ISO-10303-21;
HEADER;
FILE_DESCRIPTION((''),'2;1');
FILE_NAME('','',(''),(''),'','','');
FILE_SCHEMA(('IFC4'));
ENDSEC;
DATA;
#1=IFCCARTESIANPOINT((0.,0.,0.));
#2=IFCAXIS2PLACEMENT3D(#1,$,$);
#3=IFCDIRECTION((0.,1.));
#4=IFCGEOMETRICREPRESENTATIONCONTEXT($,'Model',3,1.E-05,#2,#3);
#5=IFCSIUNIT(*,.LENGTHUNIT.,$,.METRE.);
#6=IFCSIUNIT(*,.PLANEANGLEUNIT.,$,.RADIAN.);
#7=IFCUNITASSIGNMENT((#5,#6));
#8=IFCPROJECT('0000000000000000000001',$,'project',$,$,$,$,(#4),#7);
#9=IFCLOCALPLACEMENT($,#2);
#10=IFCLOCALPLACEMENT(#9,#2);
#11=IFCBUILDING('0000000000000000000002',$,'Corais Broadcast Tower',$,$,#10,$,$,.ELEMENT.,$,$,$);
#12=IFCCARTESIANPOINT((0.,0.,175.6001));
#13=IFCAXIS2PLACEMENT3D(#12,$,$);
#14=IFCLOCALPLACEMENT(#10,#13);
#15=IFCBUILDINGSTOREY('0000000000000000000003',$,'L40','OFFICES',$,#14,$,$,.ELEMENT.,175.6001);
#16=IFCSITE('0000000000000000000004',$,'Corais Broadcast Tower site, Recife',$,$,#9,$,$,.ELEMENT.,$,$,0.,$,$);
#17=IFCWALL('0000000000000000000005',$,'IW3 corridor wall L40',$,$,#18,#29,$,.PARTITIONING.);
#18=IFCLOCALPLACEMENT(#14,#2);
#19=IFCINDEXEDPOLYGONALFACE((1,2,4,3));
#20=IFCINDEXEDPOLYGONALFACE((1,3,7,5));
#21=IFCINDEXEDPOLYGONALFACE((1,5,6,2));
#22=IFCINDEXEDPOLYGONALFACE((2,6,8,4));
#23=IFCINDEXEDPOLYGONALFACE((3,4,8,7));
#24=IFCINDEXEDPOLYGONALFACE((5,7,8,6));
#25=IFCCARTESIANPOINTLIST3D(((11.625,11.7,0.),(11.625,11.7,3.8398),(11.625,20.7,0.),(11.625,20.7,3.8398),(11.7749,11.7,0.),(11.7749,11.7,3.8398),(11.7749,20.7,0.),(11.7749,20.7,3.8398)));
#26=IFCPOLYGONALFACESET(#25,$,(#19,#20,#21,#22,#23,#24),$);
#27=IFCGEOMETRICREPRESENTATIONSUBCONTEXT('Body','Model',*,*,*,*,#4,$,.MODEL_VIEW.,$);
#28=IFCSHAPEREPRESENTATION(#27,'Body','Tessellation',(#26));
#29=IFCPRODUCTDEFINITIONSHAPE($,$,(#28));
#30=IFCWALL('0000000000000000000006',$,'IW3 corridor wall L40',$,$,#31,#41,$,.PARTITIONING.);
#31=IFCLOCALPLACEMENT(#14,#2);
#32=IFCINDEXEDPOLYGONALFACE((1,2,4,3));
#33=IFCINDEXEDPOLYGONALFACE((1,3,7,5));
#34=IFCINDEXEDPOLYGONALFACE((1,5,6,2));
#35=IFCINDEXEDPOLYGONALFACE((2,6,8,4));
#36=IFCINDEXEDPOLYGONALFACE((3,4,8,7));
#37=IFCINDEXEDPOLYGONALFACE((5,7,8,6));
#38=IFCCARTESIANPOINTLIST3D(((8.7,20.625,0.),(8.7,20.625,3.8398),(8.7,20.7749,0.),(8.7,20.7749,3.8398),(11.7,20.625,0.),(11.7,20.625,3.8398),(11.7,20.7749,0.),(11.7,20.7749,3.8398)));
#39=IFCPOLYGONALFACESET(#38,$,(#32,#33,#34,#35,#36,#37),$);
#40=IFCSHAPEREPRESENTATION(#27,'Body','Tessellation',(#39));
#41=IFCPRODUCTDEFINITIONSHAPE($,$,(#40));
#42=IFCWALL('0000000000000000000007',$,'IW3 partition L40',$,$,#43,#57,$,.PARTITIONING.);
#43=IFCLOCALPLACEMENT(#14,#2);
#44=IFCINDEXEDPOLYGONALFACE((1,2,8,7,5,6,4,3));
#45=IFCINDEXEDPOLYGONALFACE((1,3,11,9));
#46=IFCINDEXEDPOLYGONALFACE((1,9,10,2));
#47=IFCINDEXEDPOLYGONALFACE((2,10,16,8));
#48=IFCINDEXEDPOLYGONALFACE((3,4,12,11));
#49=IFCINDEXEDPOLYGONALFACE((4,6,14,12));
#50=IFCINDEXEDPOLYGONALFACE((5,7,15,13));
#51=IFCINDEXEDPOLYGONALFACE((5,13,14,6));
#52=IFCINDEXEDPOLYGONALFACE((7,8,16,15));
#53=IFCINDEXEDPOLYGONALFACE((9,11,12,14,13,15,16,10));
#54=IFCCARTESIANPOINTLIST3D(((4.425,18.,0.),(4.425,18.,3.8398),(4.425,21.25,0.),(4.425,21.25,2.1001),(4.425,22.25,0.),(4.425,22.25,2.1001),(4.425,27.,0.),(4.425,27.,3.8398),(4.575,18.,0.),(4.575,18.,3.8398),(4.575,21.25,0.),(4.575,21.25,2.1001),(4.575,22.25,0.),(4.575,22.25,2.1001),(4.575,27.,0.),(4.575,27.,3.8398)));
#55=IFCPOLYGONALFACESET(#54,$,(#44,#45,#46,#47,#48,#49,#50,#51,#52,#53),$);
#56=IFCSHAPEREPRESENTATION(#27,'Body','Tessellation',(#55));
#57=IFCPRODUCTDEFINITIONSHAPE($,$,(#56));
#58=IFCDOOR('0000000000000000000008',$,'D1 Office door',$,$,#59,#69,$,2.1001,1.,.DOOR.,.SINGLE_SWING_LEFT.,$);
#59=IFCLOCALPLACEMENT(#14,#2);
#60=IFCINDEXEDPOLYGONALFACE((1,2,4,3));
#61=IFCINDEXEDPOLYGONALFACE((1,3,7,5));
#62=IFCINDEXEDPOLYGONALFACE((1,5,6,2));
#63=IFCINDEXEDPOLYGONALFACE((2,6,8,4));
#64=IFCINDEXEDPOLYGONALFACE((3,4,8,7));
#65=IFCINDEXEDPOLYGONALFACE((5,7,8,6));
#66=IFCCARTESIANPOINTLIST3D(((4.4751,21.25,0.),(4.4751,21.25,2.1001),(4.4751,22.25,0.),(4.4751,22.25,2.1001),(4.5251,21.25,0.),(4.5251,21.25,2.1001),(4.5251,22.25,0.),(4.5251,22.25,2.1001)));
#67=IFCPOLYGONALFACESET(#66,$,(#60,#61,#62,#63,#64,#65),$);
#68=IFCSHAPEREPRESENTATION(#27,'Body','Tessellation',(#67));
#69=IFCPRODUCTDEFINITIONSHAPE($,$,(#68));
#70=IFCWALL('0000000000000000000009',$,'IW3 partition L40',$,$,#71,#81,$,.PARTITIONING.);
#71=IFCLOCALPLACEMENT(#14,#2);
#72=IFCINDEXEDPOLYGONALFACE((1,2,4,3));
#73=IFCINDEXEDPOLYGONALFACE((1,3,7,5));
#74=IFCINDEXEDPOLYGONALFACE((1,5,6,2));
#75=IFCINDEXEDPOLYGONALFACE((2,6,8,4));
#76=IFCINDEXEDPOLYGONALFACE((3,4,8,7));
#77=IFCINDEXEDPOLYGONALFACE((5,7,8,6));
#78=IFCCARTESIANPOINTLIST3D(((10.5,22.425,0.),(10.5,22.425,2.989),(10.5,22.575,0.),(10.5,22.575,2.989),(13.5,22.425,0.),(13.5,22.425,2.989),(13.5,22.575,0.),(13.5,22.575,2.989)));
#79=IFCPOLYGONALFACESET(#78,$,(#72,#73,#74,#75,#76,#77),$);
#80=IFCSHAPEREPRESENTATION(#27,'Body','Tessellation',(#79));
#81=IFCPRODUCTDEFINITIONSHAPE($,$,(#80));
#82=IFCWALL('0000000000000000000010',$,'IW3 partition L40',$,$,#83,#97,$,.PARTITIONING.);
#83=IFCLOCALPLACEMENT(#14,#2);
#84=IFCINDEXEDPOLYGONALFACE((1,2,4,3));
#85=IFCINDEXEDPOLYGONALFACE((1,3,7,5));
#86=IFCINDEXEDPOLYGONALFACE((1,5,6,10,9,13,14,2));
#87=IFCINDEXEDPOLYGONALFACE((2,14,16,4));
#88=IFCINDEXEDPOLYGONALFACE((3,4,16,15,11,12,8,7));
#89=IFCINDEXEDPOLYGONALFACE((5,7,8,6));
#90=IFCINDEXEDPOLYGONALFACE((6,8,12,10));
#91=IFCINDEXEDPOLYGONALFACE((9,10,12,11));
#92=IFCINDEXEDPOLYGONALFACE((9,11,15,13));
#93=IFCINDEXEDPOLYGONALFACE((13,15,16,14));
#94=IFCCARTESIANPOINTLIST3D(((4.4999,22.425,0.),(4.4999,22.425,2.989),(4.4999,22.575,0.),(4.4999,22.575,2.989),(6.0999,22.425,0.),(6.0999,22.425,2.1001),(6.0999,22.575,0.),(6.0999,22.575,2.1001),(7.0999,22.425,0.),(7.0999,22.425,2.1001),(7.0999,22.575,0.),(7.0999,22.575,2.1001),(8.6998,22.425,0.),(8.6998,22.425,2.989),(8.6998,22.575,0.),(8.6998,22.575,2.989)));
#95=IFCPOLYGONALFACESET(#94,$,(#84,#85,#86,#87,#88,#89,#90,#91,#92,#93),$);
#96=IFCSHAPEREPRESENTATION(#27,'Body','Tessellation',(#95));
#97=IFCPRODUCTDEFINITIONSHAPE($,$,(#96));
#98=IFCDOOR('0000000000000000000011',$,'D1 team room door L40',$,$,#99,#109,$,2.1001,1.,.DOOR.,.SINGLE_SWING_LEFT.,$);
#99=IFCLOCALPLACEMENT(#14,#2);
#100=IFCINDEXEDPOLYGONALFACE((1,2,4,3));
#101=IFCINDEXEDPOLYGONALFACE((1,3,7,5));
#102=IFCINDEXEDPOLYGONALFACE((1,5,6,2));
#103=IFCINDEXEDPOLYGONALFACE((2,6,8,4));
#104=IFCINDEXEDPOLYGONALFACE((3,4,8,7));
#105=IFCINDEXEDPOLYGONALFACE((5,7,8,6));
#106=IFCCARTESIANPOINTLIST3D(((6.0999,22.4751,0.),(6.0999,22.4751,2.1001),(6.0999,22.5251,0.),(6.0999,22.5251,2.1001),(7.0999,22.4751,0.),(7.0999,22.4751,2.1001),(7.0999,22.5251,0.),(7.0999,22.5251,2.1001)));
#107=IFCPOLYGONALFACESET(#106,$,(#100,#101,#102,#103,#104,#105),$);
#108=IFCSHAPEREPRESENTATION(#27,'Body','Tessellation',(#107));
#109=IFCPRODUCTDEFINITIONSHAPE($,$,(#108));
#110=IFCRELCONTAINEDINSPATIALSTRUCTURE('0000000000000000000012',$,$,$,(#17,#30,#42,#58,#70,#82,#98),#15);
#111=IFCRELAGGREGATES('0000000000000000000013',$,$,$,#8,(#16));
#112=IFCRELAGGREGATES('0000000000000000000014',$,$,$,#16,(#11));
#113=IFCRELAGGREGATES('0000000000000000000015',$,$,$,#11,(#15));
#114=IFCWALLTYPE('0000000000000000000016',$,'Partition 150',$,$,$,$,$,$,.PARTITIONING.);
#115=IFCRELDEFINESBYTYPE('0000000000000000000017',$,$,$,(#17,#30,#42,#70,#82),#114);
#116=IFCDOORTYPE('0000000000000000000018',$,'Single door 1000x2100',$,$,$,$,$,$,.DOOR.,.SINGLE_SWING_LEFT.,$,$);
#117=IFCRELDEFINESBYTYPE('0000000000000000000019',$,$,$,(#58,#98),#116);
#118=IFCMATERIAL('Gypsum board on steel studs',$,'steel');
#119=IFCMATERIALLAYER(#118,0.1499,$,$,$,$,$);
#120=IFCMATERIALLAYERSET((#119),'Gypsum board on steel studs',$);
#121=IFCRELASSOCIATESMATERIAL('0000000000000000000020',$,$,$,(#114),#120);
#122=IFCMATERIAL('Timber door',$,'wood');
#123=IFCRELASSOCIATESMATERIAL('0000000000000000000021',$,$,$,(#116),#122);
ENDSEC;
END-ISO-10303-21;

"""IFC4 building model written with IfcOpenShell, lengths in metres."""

from ifc_helpers import new_model, si_unit, direction, frame, frame_2d, origin, place, context, subcontext, project, spatial, rectangle, extrude, material, layer, layer_set, type_object, element, fill, save


model = new_model("IFC4")

# Units and contexts
model_context = context("Model", 3, precision=1e-05, world=origin(), true_north=direction((0.0, 1.0)))
body_context = subcontext(model_context, "Body", "Model", "MODEL_VIEW")
ifc_project = project(units=[si_unit("LENGTHUNIT", "METRE"), si_unit("PLANEANGLEUNIT", "RADIAN")], contexts=[model_context])

# Site, building, storey
site_placement = place(None, origin())
site = spatial("IfcSite", under=ifc_project, at=site_placement, Name="Corais Broadcast Tower site, Recife", CompositionType="ELEMENT", RefElevation=0.0)
building_placement = place(site_placement, origin())
building = spatial("IfcBuilding", under=site, at=building_placement, Name="Corais Broadcast Tower", CompositionType="ELEMENT")
storey_placement = place(building_placement, frame((0.0, 0.0, 175.6001)))
storey = spatial("IfcBuildingStorey", under=building, at=storey_placement, Name="L40", Description="OFFICES", CompositionType="ELEMENT", Elevation=175.6001)

# Walls
ifc_material_1 = material(Name="Gypsum board on steel studs", Category="steel")
ifc_layer_1 = layer(ifc_material_1, 0.1499)
ifc_layer_set_1 = layer_set([ifc_layer_1], Name="Gypsum board on steel studs")
wall_type_1 = type_object("IfcWallType", Name="Partition 150", PredefinedType="PARTITIONING", material=ifc_layer_set_1)
wall_1_placement = place(storey_placement, frame((11.7, 20.7, 0.0), z_axis=(0.0, 0.0, 1.0), x_axis=(0.0, -1.0, 0.0)))
element("IfcWall", 1, at=wall_1_placement, inside=storey, type_object=wall_type_1, Name="IW3 corridor wall L40", PredefinedType="PARTITIONING", context=body_context, shape_type="SweptSolid", body=[
    extrude(rectangle(XDim=9.0, YDim=0.1499, at=frame_2d((4.5, 0.0))), origin(), (0.0, 0.0, 1.0), 3.8398),
])
wall_2_placement = place(storey_placement, frame((8.7, 20.7, 0.0), z_axis=(0.0, 0.0, 1.0), x_axis=(1.0, 0.0, 0.0)))
element("IfcWall", 2, at=wall_2_placement, inside=storey, type_object=wall_type_1, Name="IW3 corridor wall L40", PredefinedType="PARTITIONING", context=body_context, shape_type="SweptSolid", body=[
    extrude(rectangle(XDim=3.0, YDim=0.1499, at=frame_2d((1.5, 0.0))), origin(), (0.0, 0.0, 1.0), 3.8398),
])

# Wall, opening, door
wall_3_placement = place(storey_placement, frame((4.5, 18.0, 0.0), z_axis=(0.0, 0.0, 1.0), x_axis=(0.0, 1.0, 0.0)))
wall_3 = element("IfcWall", 3, at=wall_3_placement, inside=storey, type_object=wall_type_1, Name="IW3 partition L40", PredefinedType="PARTITIONING", context=body_context, shape_type="SweptSolid", body=[
    extrude(rectangle(XDim=9.0, YDim=0.1499, at=frame_2d((4.5, 0.0))), origin(), (0.0, 0.0, 1.0), 3.8398),
])
opening_1_placement = place(wall_3_placement, frame((3.25, 0.0, 0.0)))
opening_1 = element("IfcOpeningElement", 4, at=opening_1_placement, cuts=wall_3, PredefinedType="OPENING", context=body_context, shape_type="SweptSolid", body=[
    extrude(rectangle(XDim=1.0, YDim=2.1001, at=frame_2d((0.5, 1.05))), frame((0.0, 0.085, 0.0), z_axis=(0.0, -1.0, 0.0), x_axis=(1.0, 0.0, 0.0)), (0.0, 0.0, 1.0), 0.1699),
])
ifc_material_2 = material(Name="Timber door", Category="wood")
door_type_1 = type_object("IfcDoorType", Name="Single door 1000x2100", OperationType="SINGLE_SWING_LEFT", PredefinedType="DOOR", material=ifc_material_2)
door_1_placement = place(opening_1_placement, origin())
door_1 = element("IfcDoor", 5, at=door_1_placement, inside=storey, type_object=door_type_1, Name="D1 Office door", OperationType="SINGLE_SWING_LEFT", OverallHeight=2.1001, OverallWidth=1.0, PredefinedType="DOOR", context=body_context, shape_type="SweptSolid", body=[
    extrude(rectangle(XDim=1.0, YDim=2.1001, at=frame_2d((0.5, 1.05))), frame((0.0, 0.0249, 0.0), z_axis=(0.0, -1.0, 0.0), x_axis=(1.0, 0.0, 0.0)), (0.0, 0.0, 1.0), 0.05),
])
fill(opening_1, door_1)

# Wall
wall_4_placement = place(storey_placement, frame((10.5, 22.5, 0.0), z_axis=(0.0, 0.0, 1.0), x_axis=(1.0, 0.0, 0.0)))
element("IfcWall", 6, at=wall_4_placement, inside=storey, type_object=wall_type_1, Name="IW3 partition L40", PredefinedType="PARTITIONING", context=body_context, shape_type="SweptSolid", body=[
    extrude(rectangle(XDim=3.0, YDim=0.1499, at=frame_2d((1.5, 0.0))), origin(), (0.0, 0.0, 1.0), 2.989),
])

# Wall, opening, door
wall_5_placement = place(storey_placement, frame((8.7, 22.5, 0.0), z_axis=(0.0, 0.0, 1.0), x_axis=(-1.0, 0.0, 0.0)))
wall_5 = element("IfcWall", 7, at=wall_5_placement, inside=storey, type_object=wall_type_1, Name="IW3 partition L40", PredefinedType="PARTITIONING", context=body_context, shape_type="SweptSolid", body=[
    extrude(rectangle(XDim=4.2, YDim=0.1499, at=frame_2d((2.1001, 0.0))), origin(), (0.0, 0.0, 1.0), 2.989),
])
opening_2_placement = place(wall_5_placement, frame((1.6001, 0.0, 0.0)))
opening_2 = element("IfcOpeningElement", 8, at=opening_2_placement, cuts=wall_5, PredefinedType="OPENING", context=body_context, shape_type="SweptSolid", body=[
    extrude(rectangle(XDim=1.0, YDim=2.1001, at=frame_2d((0.5, 1.05))), frame((0.0, 0.085, 0.0), z_axis=(0.0, -1.0, 0.0), x_axis=(1.0, 0.0, 0.0)), (0.0, 0.0, 1.0), 0.1699),
])
door_2_placement = place(opening_2_placement, origin())
door_2 = element("IfcDoor", 9, at=door_2_placement, inside=storey, type_object=door_type_1, Name="D1 team room door L40", OperationType="SINGLE_SWING_LEFT", OverallHeight=2.1001, OverallWidth=1.0, PredefinedType="DOOR", context=body_context, shape_type="SweptSolid", body=[
    extrude(rectangle(XDim=1.0, YDim=2.1001, at=frame_2d((0.5, 1.05))), frame((0.0, 0.0249, 0.0), z_axis=(0.0, -1.0, 0.0), x_axis=(1.0, 0.0, 0.0)), (0.0, 0.0, 1.0), 0.05),
])
fill(opening_2, door_2)

save(model, "model.ifc")
